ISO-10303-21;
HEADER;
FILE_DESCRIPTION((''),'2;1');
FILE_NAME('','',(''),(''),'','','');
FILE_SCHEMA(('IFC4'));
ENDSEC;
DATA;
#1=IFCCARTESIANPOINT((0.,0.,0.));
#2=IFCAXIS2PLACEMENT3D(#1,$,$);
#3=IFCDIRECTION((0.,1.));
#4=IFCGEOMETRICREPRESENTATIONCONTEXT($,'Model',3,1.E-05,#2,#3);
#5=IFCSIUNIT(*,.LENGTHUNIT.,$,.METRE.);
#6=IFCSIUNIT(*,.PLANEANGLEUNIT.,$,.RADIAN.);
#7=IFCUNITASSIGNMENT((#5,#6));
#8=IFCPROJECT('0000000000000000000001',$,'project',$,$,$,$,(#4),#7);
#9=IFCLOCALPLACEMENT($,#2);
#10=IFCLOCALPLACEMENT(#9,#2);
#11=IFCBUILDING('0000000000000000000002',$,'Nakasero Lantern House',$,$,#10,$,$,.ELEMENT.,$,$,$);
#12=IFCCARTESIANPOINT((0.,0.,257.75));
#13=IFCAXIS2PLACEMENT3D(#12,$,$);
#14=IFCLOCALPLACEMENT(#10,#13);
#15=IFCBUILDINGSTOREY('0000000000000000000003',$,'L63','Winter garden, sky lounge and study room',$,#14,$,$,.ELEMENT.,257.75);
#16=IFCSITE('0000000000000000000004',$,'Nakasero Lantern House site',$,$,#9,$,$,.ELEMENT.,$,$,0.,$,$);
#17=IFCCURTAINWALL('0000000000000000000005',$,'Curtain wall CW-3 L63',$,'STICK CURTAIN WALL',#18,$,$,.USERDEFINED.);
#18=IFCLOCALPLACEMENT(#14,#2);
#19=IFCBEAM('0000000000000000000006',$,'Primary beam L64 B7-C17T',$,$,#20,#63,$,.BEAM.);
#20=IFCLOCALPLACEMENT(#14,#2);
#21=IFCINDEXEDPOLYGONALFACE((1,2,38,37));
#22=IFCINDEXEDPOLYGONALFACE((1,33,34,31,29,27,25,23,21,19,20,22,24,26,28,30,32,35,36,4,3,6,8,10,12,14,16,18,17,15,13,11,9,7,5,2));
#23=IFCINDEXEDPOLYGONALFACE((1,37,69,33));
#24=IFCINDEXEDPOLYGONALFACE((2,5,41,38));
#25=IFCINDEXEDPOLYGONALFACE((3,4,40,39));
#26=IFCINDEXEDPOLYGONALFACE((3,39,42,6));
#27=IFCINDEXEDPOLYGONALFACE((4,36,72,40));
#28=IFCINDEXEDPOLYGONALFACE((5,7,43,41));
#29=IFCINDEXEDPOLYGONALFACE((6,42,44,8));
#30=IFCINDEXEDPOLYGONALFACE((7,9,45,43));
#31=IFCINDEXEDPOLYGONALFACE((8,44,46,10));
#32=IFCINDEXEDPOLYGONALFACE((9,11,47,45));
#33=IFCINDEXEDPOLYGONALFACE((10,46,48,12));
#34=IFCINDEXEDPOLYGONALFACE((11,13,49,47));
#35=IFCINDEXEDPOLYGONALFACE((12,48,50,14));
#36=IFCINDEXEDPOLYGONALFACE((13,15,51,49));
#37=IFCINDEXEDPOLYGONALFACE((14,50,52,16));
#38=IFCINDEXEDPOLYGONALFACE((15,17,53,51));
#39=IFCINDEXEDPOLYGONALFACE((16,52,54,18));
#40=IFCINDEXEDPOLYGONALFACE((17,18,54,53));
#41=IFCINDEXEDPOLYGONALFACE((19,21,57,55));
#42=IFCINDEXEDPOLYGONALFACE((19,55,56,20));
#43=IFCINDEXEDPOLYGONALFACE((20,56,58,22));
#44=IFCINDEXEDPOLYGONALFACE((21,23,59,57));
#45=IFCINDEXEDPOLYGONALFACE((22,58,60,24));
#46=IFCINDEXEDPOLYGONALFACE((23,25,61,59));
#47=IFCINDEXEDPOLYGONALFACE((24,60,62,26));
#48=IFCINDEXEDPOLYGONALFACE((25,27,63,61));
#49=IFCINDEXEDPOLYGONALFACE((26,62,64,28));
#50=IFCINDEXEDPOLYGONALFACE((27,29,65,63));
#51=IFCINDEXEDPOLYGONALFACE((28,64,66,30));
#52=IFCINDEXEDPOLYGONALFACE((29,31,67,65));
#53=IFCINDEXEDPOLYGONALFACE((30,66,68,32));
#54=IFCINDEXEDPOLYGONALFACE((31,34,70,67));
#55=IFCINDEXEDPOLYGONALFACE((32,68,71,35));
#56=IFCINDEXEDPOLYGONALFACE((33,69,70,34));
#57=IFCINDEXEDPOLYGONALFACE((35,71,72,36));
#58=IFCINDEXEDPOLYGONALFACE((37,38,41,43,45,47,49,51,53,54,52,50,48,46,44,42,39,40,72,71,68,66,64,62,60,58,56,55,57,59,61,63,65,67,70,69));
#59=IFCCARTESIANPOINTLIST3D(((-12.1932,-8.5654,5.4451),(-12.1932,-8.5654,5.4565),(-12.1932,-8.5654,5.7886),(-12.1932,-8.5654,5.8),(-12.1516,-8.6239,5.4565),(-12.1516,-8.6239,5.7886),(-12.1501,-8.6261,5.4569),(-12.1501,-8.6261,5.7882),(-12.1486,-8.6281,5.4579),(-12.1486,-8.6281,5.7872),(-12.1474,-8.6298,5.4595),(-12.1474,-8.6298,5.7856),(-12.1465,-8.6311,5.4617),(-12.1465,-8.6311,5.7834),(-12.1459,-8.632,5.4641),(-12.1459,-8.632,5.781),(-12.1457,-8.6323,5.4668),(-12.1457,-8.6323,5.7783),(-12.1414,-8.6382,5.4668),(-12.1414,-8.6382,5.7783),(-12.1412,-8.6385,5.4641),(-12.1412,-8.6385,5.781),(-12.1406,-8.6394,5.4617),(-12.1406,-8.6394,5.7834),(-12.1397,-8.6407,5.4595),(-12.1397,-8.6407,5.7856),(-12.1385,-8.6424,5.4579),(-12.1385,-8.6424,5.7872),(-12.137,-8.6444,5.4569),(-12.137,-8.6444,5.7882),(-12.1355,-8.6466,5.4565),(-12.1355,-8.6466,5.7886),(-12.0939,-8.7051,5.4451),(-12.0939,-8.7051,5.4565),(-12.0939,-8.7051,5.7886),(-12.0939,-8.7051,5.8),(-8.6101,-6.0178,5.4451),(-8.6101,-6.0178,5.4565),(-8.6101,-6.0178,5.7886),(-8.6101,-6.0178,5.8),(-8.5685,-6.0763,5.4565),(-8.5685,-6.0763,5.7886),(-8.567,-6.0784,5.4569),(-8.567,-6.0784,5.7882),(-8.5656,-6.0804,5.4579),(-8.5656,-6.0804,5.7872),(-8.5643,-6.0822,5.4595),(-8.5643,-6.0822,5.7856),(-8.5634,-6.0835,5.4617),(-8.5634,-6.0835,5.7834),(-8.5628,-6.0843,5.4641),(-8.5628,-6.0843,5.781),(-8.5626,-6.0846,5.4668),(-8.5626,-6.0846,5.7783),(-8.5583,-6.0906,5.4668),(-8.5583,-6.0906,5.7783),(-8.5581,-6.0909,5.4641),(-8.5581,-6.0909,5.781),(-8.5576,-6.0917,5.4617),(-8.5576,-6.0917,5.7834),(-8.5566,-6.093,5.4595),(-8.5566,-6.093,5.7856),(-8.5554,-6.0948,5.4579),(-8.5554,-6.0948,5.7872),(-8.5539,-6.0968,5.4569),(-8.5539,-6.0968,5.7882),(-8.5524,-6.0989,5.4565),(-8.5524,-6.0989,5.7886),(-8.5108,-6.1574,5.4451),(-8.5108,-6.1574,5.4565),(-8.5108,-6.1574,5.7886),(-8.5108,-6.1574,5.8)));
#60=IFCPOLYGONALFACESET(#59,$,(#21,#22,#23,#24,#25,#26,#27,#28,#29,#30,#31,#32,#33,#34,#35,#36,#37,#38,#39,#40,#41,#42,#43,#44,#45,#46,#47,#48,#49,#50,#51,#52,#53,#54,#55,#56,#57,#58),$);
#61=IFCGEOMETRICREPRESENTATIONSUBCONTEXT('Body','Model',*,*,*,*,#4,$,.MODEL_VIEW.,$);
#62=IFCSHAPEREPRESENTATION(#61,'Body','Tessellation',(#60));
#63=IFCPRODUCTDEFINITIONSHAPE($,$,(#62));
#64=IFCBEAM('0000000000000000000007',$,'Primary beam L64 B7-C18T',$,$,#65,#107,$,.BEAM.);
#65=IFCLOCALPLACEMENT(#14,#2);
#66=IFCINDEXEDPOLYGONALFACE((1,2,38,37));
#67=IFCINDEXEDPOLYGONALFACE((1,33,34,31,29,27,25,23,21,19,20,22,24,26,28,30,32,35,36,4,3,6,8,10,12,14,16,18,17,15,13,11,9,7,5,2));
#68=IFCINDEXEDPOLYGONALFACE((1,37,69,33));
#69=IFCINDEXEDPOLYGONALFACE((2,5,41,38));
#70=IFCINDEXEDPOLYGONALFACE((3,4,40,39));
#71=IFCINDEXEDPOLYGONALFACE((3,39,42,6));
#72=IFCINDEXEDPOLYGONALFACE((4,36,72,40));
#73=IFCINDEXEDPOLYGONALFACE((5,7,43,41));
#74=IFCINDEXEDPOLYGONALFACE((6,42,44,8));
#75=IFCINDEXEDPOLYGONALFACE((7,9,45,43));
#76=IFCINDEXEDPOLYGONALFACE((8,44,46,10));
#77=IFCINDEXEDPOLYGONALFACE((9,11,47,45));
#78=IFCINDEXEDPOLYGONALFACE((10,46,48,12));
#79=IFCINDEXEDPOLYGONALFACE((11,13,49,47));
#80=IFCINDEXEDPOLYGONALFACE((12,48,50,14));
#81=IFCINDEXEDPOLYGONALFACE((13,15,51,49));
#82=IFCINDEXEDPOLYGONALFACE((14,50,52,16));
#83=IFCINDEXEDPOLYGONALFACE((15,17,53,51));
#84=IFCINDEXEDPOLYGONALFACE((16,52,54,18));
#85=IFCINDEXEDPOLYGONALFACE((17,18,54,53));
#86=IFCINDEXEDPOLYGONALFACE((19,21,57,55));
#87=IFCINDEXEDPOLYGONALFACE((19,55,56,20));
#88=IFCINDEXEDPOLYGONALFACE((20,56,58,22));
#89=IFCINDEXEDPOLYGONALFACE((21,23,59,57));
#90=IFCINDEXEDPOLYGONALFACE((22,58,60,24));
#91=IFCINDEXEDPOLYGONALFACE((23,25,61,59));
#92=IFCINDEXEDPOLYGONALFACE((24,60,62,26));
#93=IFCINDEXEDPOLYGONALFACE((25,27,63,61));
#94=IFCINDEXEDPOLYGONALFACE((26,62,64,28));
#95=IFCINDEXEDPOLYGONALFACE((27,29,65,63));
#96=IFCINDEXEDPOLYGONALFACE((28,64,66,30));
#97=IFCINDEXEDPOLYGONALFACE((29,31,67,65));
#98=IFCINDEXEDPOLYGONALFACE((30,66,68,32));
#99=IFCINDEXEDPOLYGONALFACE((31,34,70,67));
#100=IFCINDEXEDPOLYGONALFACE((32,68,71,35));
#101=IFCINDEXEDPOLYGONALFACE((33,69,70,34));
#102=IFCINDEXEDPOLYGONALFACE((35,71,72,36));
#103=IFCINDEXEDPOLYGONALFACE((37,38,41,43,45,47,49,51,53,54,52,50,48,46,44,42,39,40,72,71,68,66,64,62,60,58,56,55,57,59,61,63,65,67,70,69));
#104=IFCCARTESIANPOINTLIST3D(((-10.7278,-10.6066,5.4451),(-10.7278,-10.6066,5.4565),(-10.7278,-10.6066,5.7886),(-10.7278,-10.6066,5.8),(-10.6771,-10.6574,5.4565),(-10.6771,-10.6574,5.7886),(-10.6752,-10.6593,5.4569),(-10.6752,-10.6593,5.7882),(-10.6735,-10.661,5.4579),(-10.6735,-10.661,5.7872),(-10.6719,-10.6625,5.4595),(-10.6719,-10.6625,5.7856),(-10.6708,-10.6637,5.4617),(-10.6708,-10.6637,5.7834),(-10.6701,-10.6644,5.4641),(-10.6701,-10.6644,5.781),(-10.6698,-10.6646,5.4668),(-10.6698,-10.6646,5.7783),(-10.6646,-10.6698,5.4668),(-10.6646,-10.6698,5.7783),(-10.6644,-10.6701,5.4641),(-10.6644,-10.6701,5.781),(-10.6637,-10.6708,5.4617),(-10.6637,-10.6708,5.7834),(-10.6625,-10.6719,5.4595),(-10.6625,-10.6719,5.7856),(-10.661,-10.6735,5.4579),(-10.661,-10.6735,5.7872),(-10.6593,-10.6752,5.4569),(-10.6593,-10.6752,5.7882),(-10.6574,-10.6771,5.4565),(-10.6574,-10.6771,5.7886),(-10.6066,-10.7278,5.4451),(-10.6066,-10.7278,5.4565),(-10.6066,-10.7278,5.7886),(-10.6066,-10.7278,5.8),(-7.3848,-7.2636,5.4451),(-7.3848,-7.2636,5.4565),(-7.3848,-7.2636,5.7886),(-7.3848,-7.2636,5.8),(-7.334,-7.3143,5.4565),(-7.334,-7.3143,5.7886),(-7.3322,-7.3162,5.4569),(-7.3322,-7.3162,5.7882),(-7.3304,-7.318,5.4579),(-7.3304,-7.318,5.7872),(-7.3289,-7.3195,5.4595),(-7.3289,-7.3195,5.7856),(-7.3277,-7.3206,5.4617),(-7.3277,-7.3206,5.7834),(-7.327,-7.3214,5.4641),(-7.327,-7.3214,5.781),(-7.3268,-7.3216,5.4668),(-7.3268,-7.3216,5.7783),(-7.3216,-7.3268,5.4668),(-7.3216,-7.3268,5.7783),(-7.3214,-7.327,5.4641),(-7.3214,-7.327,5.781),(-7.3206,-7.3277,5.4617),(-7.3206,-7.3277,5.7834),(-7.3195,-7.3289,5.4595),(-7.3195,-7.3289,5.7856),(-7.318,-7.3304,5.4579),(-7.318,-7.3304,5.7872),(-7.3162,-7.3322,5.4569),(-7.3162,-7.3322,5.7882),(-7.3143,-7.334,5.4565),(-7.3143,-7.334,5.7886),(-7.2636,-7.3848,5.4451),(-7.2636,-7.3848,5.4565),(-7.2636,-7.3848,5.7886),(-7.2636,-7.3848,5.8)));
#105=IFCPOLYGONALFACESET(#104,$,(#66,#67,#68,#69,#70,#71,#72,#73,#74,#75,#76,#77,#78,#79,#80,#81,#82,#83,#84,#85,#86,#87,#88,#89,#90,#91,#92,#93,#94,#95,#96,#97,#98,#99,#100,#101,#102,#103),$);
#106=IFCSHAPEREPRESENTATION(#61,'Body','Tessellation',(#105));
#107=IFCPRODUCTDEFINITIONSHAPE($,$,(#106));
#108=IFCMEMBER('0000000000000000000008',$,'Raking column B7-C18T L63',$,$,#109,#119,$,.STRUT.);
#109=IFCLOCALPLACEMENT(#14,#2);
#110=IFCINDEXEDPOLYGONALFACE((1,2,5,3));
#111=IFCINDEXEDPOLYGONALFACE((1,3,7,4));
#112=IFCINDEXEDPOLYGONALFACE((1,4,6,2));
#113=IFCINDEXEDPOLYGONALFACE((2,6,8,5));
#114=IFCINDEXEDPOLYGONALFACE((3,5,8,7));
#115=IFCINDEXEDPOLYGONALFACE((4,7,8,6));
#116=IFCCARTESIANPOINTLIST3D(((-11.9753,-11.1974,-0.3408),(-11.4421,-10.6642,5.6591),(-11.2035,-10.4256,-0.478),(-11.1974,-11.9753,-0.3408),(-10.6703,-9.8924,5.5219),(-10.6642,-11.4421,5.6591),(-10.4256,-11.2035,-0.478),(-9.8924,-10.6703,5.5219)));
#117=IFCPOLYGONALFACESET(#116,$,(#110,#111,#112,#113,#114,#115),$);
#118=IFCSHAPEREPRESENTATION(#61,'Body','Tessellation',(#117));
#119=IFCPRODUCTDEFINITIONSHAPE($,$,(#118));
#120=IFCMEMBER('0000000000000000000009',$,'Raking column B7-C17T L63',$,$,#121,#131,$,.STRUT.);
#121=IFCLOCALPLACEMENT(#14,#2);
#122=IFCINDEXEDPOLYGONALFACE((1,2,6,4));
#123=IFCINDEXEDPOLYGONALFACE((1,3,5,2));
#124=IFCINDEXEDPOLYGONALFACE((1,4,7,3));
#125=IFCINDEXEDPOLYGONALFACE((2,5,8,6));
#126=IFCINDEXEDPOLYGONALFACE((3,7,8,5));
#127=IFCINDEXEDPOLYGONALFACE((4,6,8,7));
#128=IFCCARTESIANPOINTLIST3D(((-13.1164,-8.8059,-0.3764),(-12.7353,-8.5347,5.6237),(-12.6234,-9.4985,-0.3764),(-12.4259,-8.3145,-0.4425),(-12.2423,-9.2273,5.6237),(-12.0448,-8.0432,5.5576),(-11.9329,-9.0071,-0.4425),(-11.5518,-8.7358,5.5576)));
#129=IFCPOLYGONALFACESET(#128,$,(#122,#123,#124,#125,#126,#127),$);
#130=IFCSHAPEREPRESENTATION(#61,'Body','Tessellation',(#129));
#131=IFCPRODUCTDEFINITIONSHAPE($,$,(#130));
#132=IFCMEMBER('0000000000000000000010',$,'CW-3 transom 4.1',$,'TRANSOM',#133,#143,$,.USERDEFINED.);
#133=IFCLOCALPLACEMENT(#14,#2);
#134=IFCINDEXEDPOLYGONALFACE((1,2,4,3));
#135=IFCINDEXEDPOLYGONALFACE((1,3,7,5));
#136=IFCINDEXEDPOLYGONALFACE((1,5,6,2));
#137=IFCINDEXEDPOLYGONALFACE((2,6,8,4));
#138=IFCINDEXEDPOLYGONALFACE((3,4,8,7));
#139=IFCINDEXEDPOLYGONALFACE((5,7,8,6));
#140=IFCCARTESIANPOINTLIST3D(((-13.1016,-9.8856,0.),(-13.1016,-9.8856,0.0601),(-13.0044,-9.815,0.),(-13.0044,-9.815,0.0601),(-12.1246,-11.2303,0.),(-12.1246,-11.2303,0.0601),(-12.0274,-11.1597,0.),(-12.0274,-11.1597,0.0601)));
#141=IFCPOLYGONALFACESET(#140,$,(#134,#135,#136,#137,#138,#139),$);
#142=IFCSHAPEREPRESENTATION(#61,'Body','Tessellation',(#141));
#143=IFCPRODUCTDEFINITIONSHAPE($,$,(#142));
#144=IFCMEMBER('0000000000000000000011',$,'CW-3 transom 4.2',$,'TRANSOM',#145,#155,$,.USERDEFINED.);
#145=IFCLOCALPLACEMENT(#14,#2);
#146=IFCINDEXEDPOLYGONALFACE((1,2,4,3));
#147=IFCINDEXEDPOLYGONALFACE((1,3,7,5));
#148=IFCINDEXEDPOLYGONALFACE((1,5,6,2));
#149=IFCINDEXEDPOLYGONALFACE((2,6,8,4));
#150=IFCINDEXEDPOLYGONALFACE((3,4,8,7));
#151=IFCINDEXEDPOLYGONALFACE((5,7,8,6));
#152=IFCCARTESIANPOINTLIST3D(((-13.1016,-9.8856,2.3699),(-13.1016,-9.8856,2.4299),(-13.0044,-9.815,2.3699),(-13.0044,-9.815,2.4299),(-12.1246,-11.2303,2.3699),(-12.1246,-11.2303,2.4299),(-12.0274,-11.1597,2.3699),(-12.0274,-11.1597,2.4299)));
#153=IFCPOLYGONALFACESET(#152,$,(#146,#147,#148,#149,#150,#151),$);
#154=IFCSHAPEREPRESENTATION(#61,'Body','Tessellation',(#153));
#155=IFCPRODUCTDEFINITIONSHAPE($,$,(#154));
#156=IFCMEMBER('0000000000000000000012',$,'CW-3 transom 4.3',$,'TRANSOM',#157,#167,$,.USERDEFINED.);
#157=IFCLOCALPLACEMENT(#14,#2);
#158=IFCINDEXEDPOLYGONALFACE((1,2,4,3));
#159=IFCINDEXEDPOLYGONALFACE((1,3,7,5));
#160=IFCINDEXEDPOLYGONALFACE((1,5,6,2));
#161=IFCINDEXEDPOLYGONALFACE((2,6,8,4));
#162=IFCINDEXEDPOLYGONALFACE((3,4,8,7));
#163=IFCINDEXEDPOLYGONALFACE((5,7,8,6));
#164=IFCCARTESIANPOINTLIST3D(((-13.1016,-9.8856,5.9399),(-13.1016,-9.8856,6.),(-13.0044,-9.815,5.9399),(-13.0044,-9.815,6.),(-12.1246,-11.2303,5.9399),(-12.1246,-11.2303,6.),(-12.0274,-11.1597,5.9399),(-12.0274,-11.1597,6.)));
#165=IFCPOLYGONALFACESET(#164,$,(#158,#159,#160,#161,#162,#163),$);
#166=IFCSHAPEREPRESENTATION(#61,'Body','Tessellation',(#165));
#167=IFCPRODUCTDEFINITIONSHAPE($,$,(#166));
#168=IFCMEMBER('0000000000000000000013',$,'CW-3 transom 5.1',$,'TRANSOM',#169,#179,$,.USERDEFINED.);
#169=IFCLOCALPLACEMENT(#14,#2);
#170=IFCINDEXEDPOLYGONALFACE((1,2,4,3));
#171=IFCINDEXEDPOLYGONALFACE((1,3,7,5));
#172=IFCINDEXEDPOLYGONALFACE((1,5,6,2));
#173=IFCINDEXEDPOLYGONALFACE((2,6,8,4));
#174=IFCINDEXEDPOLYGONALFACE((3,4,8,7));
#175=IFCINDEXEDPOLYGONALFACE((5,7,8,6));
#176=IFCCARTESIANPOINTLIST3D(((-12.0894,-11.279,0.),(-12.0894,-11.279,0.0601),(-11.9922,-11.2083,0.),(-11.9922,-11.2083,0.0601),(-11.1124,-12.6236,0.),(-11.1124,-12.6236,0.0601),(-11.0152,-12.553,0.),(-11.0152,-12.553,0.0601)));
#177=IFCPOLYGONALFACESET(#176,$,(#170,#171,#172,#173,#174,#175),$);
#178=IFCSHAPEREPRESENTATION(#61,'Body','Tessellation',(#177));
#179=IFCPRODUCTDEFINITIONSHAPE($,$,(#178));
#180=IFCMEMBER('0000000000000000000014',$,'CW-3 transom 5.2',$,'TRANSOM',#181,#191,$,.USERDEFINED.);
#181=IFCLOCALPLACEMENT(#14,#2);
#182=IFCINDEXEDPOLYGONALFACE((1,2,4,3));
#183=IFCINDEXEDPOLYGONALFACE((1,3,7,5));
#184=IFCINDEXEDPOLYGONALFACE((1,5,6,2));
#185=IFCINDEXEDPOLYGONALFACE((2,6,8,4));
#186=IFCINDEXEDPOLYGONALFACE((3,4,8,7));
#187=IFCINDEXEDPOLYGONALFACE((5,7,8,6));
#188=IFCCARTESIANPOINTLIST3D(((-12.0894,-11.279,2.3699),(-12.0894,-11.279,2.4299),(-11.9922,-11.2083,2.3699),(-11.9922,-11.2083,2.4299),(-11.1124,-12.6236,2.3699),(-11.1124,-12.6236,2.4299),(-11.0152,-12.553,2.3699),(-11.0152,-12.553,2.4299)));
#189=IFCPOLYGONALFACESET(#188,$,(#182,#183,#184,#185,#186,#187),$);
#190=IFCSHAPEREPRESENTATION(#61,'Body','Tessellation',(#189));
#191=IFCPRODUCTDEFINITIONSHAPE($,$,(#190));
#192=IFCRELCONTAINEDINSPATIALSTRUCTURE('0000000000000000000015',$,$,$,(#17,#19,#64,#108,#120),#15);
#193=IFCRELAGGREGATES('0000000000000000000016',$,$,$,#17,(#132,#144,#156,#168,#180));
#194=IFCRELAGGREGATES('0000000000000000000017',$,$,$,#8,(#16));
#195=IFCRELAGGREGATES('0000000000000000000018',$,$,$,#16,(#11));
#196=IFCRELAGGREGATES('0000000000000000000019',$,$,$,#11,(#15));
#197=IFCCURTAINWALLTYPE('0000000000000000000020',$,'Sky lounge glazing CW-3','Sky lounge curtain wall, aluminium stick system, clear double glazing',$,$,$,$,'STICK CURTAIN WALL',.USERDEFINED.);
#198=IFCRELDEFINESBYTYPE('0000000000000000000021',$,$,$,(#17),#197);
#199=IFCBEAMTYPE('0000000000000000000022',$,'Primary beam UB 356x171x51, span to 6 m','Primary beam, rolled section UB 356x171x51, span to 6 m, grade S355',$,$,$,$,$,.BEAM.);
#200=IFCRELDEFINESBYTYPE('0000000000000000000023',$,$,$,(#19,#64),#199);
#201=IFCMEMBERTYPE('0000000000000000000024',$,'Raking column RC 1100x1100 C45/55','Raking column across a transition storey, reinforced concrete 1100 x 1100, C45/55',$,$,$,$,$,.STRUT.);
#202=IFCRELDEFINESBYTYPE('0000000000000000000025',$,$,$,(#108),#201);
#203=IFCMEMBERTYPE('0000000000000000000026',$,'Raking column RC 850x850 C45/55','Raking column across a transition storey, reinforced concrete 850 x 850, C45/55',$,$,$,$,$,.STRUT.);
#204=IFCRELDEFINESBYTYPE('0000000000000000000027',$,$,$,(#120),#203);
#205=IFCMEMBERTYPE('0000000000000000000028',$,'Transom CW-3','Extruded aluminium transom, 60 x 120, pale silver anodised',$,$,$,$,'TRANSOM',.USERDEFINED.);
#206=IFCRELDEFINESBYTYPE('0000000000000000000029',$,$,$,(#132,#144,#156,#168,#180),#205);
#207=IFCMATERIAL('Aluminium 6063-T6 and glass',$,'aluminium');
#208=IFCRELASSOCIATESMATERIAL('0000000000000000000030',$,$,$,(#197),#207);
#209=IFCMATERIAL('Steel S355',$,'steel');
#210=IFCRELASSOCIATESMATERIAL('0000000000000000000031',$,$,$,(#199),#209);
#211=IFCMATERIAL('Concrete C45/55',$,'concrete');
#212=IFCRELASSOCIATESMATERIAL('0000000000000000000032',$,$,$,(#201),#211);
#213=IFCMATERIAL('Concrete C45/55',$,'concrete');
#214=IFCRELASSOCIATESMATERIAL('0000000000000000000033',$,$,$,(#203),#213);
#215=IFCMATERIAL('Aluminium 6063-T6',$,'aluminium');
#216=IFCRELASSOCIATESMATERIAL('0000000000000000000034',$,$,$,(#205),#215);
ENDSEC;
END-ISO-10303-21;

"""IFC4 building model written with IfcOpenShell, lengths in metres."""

from ifc_helpers import new_model, si_unit, direction, frame, origin, origin_2d, place, context, subcontext, project, spatial, rectangle, i_section, extrude, material, material_profile, profile_set, type_object, element, aggregate, save


model = new_model("IFC4")

# Units and contexts
model_context = context("Model", 3, precision=1e-05, world=origin(), true_north=direction((0.0, 1.0)))
body_context = subcontext(model_context, "Body", "Model", "MODEL_VIEW")
ifc_project = project(units=[si_unit("LENGTHUNIT", "METRE"), si_unit("PLANEANGLEUNIT", "RADIAN")], contexts=[model_context])

# Site, building, storey
site_placement = place(None, origin())
site = spatial("IfcSite", under=ifc_project, at=site_placement, Name="Nakasero Lantern House site", CompositionType="ELEMENT", RefElevation=0.0)
building_placement = place(site_placement, origin())
building = spatial("IfcBuilding", under=site, at=building_placement, Name="Nakasero Lantern House", CompositionType="ELEMENT")
storey_placement = place(building_placement, frame((0.0, 0.0, 257.75)))
storey = spatial("IfcBuildingStorey", under=building, at=storey_placement, Name="L63", Description="Winter garden, sky lounge and study room", CompositionType="ELEMENT", Elevation=257.75)

# Curtain wall
ifc_material_1 = material(Name="Aluminium 6063-T6 and glass", Category="aluminium")
curtain_wall_type = type_object("IfcCurtainWallType", Name="Sky lounge glazing CW-3", Description="Sky lounge curtain wall, aluminium stick system, clear double glazing", ElementType="STICK CURTAIN WALL", PredefinedType="USERDEFINED", material=ifc_material_1)
curtain_wall_placement = place(storey_placement, origin())
curtain_wall = element("IfcCurtainWall", 1, at=curtain_wall_placement, inside=storey, type_object=curtain_wall_type, Name="Curtain wall CW-3 L63", ObjectType="STICK CURTAIN WALL", PredefinedType="USERDEFINED")

# Beams
ifc_material_2 = material(Name="Steel S355", Category="steel")
ifc_material_profile_1 = material_profile(ifc_material_2, i_section(OverallWidth=0.1714, OverallDepth=0.355, WebThickness=0.0073, FlangeThickness=0.0115, FilletRadius=0.0103, at=origin_2d()), Name="UB 356x171x51")
ifc_profile_set_1 = profile_set([ifc_material_profile_1], Name="Steel S355")
beam_type_1 = type_object("IfcBeamType", Name="Primary beam UB 356x171x51, span to 6 m", Description="Primary beam, rolled section UB 356x171x51, span to 6 m, grade S355", PredefinedType="BEAM", material=ifc_profile_set_1)
beam_1_placement = place(storey_placement, frame((-12.1436, -8.6353, 5.6226), z_axis=(0.814989, 0.579477, 0.0), x_axis=(-0.579477, 0.814989, 0.0)))
element("IfcBeam", 2, at=beam_1_placement, inside=storey, type_object=beam_type_1, Name="Primary beam L64 B7-C17T", PredefinedType="BEAM", context=body_context, shape_type="SweptSolid", body=[
    extrude(i_section(OverallWidth=0.1714, OverallDepth=0.355, WebThickness=0.0073, FlangeThickness=0.0115, FilletRadius=0.0103, at=origin_2d()), origin(), (0.0, 0.0, 1.0), 4.3965),
])
beam_2_placement = place(storey_placement, frame((-10.6672, -10.6672, 5.6226), z_axis=(0.707107, 0.707107, 0.0), x_axis=(-0.707107, 0.707107, 0.0)))
element("IfcBeam", 3, at=beam_2_placement, inside=storey, type_object=beam_type_1, Name="Primary beam L64 B7-C18T", PredefinedType="BEAM", context=body_context, shape_type="SweptSolid", body=[
    extrude(i_section(OverallWidth=0.1714, OverallDepth=0.355, WebThickness=0.0073, FlangeThickness=0.0115, FilletRadius=0.0103, at=origin_2d()), origin(), (0.0, 0.0, 1.0), 4.7278),
])

# Members
ifc_material_3 = material(Name="Concrete C45/55", Category="concrete")
ifc_material_profile_2 = material_profile(ifc_material_3, rectangle(XDim=1.1001, YDim=1.1001, at=origin_2d()), Name="RC 1100x1100")
ifc_profile_set_2 = profile_set([ifc_material_profile_2], Name="Concrete C45/55")
member_type_1 = type_object("IfcMemberType", Name="Raking column RC 1100x1100 C45/55", Description="Raking column across a transition storey, reinforced concrete 1100 x 1100, C45/55", PredefinedType="STRUT", material=ifc_profile_set_2)
member_1_placement = place(storey_placement, frame((-11.2004, -11.2004, -0.4094), z_axis=(0.088174, 0.088174, 0.992195), x_axis=(-0.707107, 0.707107, 0.0)))
element("IfcMember", 4, at=member_1_placement, inside=storey, type_object=member_type_1, Name="Raking column B7-C18T L63", PredefinedType="STRUT", context=body_context, shape_type="SweptSolid", body=[
    extrude(rectangle(XDim=1.1001, YDim=1.1001, at=origin_2d()), origin(), (0.0, 0.0, 1.0), 6.0471),
])
ifc_material_4 = material(Name="Concrete C45/55", Category="concrete")
ifc_material_profile_3 = material_profile(ifc_material_4, rectangle(XDim=0.8501, YDim=0.8501, at=origin_2d()), Name="RC 850x850")
ifc_profile_set_3 = profile_set([ifc_material_profile_3], Name="Concrete C45/55")
member_type_2 = type_object("IfcMemberType", Name="Raking column RC 850x850 C45/55", Description="Raking column across a transition storey, reinforced concrete 850 x 850, C45/55", PredefinedType="STRUT", material=ifc_profile_set_3)
member_2_placement = place(storey_placement, frame((-12.5247, -8.9065, -0.4094), z_axis=(0.063325, 0.04507, 0.996975), x_axis=(-0.579855, 0.81472, 0.0)))
element("IfcMember", 5, at=member_2_placement, inside=storey, type_object=member_type_2, Name="Raking column B7-C17T L63", PredefinedType="STRUT", context=body_context, shape_type="SweptSolid", body=[
    extrude(rectangle(XDim=0.8501, YDim=0.8501, at=origin_2d()), origin(), (0.0, 0.0, 1.0), 6.0183),
])

# Members
ifc_material_5 = material(Name="Aluminium 6063-T6", Category="aluminium")
ifc_material_profile_4 = material_profile(ifc_material_5, rectangle(XDim=0.0601, YDim=0.1201, at=origin_2d()), Name="CW-3 transom 60x120")
ifc_profile_set_4 = profile_set([ifc_material_profile_4], Name="Aluminium 6063-T6")
member_type_3 = type_object("IfcMemberType", Name="Transom CW-3", Description="Extruded aluminium transom, 60 x 120, pale silver anodised", ElementType="TRANSOM", PredefinedType="USERDEFINED", material=ifc_profile_set_4)
member_3_placement = place(storey_placement, frame((-13.053, -9.8503, 0.03), z_axis=(0.587805, -0.809003, 0.0), x_axis=(0.0, 0.0, 1.0)))
member_3 = element("IfcMember", 6, at=member_3_placement, type_object=member_type_3, Name="CW-3 transom 4.1", ObjectType="TRANSOM", PredefinedType="USERDEFINED", context=body_context, shape_type="SweptSolid", body=[
    extrude(rectangle(XDim=0.0601, YDim=0.1201, at=origin_2d()), origin(), (0.0, 0.0, 1.0), 1.6621),
])
member_4_placement = place(storey_placement, frame((-13.053, -9.8503, 2.3999), z_axis=(0.587805, -0.809003, 0.0), x_axis=(0.0, 0.0, 1.0)))
member_4 = element("IfcMember", 7, at=member_4_placement, type_object=member_type_3, Name="CW-3 transom 4.2", ObjectType="TRANSOM", PredefinedType="USERDEFINED", context=body_context, shape_type="SweptSolid", body=[
    extrude(rectangle(XDim=0.0601, YDim=0.1201, at=origin_2d()), origin(), (0.0, 0.0, 1.0), 1.6621),
])
member_5_placement = place(storey_placement, frame((-13.053, -9.8503, 5.97), z_axis=(0.587805, -0.809003, 0.0), x_axis=(0.0, 0.0, 1.0)))
member_5 = element("IfcMember", 8, at=member_5_placement, type_object=member_type_3, Name="CW-3 transom 4.3", ObjectType="TRANSOM", PredefinedType="USERDEFINED", context=body_context, shape_type="SweptSolid", body=[
    extrude(rectangle(XDim=0.0601, YDim=0.1201, at=origin_2d()), origin(), (0.0, 0.0, 1.0), 1.6621),
])
member_6_placement = place(storey_placement, frame((-12.0408, -11.2437, 0.03), z_axis=(0.587805, -0.809003, 0.0), x_axis=(0.0, 0.0, 1.0)))
member_6 = element("IfcMember", 9, at=member_6_placement, type_object=member_type_3, Name="CW-3 transom 5.1", ObjectType="TRANSOM", PredefinedType="USERDEFINED", context=body_context, shape_type="SweptSolid", body=[
    extrude(rectangle(XDim=0.0601, YDim=0.1201, at=origin_2d()), origin(), (0.0, 0.0, 1.0), 1.6621),
])
member_7_placement = place(storey_placement, frame((-12.0408, -11.2437, 2.3999), z_axis=(0.587805, -0.809003, 0.0), x_axis=(0.0, 0.0, 1.0)))
member_7 = element("IfcMember", 10, at=member_7_placement, type_object=member_type_3, Name="CW-3 transom 5.2", ObjectType="TRANSOM", PredefinedType="USERDEFINED", context=body_context, shape_type="SweptSolid", body=[
    extrude(rectangle(XDim=0.0601, YDim=0.1201, at=origin_2d()), origin(), (0.0, 0.0, 1.0), 1.6621),
])

aggregate(curtain_wall, [member_3, member_4, member_5, member_6, member_7])

save(model, "model.ifc")
